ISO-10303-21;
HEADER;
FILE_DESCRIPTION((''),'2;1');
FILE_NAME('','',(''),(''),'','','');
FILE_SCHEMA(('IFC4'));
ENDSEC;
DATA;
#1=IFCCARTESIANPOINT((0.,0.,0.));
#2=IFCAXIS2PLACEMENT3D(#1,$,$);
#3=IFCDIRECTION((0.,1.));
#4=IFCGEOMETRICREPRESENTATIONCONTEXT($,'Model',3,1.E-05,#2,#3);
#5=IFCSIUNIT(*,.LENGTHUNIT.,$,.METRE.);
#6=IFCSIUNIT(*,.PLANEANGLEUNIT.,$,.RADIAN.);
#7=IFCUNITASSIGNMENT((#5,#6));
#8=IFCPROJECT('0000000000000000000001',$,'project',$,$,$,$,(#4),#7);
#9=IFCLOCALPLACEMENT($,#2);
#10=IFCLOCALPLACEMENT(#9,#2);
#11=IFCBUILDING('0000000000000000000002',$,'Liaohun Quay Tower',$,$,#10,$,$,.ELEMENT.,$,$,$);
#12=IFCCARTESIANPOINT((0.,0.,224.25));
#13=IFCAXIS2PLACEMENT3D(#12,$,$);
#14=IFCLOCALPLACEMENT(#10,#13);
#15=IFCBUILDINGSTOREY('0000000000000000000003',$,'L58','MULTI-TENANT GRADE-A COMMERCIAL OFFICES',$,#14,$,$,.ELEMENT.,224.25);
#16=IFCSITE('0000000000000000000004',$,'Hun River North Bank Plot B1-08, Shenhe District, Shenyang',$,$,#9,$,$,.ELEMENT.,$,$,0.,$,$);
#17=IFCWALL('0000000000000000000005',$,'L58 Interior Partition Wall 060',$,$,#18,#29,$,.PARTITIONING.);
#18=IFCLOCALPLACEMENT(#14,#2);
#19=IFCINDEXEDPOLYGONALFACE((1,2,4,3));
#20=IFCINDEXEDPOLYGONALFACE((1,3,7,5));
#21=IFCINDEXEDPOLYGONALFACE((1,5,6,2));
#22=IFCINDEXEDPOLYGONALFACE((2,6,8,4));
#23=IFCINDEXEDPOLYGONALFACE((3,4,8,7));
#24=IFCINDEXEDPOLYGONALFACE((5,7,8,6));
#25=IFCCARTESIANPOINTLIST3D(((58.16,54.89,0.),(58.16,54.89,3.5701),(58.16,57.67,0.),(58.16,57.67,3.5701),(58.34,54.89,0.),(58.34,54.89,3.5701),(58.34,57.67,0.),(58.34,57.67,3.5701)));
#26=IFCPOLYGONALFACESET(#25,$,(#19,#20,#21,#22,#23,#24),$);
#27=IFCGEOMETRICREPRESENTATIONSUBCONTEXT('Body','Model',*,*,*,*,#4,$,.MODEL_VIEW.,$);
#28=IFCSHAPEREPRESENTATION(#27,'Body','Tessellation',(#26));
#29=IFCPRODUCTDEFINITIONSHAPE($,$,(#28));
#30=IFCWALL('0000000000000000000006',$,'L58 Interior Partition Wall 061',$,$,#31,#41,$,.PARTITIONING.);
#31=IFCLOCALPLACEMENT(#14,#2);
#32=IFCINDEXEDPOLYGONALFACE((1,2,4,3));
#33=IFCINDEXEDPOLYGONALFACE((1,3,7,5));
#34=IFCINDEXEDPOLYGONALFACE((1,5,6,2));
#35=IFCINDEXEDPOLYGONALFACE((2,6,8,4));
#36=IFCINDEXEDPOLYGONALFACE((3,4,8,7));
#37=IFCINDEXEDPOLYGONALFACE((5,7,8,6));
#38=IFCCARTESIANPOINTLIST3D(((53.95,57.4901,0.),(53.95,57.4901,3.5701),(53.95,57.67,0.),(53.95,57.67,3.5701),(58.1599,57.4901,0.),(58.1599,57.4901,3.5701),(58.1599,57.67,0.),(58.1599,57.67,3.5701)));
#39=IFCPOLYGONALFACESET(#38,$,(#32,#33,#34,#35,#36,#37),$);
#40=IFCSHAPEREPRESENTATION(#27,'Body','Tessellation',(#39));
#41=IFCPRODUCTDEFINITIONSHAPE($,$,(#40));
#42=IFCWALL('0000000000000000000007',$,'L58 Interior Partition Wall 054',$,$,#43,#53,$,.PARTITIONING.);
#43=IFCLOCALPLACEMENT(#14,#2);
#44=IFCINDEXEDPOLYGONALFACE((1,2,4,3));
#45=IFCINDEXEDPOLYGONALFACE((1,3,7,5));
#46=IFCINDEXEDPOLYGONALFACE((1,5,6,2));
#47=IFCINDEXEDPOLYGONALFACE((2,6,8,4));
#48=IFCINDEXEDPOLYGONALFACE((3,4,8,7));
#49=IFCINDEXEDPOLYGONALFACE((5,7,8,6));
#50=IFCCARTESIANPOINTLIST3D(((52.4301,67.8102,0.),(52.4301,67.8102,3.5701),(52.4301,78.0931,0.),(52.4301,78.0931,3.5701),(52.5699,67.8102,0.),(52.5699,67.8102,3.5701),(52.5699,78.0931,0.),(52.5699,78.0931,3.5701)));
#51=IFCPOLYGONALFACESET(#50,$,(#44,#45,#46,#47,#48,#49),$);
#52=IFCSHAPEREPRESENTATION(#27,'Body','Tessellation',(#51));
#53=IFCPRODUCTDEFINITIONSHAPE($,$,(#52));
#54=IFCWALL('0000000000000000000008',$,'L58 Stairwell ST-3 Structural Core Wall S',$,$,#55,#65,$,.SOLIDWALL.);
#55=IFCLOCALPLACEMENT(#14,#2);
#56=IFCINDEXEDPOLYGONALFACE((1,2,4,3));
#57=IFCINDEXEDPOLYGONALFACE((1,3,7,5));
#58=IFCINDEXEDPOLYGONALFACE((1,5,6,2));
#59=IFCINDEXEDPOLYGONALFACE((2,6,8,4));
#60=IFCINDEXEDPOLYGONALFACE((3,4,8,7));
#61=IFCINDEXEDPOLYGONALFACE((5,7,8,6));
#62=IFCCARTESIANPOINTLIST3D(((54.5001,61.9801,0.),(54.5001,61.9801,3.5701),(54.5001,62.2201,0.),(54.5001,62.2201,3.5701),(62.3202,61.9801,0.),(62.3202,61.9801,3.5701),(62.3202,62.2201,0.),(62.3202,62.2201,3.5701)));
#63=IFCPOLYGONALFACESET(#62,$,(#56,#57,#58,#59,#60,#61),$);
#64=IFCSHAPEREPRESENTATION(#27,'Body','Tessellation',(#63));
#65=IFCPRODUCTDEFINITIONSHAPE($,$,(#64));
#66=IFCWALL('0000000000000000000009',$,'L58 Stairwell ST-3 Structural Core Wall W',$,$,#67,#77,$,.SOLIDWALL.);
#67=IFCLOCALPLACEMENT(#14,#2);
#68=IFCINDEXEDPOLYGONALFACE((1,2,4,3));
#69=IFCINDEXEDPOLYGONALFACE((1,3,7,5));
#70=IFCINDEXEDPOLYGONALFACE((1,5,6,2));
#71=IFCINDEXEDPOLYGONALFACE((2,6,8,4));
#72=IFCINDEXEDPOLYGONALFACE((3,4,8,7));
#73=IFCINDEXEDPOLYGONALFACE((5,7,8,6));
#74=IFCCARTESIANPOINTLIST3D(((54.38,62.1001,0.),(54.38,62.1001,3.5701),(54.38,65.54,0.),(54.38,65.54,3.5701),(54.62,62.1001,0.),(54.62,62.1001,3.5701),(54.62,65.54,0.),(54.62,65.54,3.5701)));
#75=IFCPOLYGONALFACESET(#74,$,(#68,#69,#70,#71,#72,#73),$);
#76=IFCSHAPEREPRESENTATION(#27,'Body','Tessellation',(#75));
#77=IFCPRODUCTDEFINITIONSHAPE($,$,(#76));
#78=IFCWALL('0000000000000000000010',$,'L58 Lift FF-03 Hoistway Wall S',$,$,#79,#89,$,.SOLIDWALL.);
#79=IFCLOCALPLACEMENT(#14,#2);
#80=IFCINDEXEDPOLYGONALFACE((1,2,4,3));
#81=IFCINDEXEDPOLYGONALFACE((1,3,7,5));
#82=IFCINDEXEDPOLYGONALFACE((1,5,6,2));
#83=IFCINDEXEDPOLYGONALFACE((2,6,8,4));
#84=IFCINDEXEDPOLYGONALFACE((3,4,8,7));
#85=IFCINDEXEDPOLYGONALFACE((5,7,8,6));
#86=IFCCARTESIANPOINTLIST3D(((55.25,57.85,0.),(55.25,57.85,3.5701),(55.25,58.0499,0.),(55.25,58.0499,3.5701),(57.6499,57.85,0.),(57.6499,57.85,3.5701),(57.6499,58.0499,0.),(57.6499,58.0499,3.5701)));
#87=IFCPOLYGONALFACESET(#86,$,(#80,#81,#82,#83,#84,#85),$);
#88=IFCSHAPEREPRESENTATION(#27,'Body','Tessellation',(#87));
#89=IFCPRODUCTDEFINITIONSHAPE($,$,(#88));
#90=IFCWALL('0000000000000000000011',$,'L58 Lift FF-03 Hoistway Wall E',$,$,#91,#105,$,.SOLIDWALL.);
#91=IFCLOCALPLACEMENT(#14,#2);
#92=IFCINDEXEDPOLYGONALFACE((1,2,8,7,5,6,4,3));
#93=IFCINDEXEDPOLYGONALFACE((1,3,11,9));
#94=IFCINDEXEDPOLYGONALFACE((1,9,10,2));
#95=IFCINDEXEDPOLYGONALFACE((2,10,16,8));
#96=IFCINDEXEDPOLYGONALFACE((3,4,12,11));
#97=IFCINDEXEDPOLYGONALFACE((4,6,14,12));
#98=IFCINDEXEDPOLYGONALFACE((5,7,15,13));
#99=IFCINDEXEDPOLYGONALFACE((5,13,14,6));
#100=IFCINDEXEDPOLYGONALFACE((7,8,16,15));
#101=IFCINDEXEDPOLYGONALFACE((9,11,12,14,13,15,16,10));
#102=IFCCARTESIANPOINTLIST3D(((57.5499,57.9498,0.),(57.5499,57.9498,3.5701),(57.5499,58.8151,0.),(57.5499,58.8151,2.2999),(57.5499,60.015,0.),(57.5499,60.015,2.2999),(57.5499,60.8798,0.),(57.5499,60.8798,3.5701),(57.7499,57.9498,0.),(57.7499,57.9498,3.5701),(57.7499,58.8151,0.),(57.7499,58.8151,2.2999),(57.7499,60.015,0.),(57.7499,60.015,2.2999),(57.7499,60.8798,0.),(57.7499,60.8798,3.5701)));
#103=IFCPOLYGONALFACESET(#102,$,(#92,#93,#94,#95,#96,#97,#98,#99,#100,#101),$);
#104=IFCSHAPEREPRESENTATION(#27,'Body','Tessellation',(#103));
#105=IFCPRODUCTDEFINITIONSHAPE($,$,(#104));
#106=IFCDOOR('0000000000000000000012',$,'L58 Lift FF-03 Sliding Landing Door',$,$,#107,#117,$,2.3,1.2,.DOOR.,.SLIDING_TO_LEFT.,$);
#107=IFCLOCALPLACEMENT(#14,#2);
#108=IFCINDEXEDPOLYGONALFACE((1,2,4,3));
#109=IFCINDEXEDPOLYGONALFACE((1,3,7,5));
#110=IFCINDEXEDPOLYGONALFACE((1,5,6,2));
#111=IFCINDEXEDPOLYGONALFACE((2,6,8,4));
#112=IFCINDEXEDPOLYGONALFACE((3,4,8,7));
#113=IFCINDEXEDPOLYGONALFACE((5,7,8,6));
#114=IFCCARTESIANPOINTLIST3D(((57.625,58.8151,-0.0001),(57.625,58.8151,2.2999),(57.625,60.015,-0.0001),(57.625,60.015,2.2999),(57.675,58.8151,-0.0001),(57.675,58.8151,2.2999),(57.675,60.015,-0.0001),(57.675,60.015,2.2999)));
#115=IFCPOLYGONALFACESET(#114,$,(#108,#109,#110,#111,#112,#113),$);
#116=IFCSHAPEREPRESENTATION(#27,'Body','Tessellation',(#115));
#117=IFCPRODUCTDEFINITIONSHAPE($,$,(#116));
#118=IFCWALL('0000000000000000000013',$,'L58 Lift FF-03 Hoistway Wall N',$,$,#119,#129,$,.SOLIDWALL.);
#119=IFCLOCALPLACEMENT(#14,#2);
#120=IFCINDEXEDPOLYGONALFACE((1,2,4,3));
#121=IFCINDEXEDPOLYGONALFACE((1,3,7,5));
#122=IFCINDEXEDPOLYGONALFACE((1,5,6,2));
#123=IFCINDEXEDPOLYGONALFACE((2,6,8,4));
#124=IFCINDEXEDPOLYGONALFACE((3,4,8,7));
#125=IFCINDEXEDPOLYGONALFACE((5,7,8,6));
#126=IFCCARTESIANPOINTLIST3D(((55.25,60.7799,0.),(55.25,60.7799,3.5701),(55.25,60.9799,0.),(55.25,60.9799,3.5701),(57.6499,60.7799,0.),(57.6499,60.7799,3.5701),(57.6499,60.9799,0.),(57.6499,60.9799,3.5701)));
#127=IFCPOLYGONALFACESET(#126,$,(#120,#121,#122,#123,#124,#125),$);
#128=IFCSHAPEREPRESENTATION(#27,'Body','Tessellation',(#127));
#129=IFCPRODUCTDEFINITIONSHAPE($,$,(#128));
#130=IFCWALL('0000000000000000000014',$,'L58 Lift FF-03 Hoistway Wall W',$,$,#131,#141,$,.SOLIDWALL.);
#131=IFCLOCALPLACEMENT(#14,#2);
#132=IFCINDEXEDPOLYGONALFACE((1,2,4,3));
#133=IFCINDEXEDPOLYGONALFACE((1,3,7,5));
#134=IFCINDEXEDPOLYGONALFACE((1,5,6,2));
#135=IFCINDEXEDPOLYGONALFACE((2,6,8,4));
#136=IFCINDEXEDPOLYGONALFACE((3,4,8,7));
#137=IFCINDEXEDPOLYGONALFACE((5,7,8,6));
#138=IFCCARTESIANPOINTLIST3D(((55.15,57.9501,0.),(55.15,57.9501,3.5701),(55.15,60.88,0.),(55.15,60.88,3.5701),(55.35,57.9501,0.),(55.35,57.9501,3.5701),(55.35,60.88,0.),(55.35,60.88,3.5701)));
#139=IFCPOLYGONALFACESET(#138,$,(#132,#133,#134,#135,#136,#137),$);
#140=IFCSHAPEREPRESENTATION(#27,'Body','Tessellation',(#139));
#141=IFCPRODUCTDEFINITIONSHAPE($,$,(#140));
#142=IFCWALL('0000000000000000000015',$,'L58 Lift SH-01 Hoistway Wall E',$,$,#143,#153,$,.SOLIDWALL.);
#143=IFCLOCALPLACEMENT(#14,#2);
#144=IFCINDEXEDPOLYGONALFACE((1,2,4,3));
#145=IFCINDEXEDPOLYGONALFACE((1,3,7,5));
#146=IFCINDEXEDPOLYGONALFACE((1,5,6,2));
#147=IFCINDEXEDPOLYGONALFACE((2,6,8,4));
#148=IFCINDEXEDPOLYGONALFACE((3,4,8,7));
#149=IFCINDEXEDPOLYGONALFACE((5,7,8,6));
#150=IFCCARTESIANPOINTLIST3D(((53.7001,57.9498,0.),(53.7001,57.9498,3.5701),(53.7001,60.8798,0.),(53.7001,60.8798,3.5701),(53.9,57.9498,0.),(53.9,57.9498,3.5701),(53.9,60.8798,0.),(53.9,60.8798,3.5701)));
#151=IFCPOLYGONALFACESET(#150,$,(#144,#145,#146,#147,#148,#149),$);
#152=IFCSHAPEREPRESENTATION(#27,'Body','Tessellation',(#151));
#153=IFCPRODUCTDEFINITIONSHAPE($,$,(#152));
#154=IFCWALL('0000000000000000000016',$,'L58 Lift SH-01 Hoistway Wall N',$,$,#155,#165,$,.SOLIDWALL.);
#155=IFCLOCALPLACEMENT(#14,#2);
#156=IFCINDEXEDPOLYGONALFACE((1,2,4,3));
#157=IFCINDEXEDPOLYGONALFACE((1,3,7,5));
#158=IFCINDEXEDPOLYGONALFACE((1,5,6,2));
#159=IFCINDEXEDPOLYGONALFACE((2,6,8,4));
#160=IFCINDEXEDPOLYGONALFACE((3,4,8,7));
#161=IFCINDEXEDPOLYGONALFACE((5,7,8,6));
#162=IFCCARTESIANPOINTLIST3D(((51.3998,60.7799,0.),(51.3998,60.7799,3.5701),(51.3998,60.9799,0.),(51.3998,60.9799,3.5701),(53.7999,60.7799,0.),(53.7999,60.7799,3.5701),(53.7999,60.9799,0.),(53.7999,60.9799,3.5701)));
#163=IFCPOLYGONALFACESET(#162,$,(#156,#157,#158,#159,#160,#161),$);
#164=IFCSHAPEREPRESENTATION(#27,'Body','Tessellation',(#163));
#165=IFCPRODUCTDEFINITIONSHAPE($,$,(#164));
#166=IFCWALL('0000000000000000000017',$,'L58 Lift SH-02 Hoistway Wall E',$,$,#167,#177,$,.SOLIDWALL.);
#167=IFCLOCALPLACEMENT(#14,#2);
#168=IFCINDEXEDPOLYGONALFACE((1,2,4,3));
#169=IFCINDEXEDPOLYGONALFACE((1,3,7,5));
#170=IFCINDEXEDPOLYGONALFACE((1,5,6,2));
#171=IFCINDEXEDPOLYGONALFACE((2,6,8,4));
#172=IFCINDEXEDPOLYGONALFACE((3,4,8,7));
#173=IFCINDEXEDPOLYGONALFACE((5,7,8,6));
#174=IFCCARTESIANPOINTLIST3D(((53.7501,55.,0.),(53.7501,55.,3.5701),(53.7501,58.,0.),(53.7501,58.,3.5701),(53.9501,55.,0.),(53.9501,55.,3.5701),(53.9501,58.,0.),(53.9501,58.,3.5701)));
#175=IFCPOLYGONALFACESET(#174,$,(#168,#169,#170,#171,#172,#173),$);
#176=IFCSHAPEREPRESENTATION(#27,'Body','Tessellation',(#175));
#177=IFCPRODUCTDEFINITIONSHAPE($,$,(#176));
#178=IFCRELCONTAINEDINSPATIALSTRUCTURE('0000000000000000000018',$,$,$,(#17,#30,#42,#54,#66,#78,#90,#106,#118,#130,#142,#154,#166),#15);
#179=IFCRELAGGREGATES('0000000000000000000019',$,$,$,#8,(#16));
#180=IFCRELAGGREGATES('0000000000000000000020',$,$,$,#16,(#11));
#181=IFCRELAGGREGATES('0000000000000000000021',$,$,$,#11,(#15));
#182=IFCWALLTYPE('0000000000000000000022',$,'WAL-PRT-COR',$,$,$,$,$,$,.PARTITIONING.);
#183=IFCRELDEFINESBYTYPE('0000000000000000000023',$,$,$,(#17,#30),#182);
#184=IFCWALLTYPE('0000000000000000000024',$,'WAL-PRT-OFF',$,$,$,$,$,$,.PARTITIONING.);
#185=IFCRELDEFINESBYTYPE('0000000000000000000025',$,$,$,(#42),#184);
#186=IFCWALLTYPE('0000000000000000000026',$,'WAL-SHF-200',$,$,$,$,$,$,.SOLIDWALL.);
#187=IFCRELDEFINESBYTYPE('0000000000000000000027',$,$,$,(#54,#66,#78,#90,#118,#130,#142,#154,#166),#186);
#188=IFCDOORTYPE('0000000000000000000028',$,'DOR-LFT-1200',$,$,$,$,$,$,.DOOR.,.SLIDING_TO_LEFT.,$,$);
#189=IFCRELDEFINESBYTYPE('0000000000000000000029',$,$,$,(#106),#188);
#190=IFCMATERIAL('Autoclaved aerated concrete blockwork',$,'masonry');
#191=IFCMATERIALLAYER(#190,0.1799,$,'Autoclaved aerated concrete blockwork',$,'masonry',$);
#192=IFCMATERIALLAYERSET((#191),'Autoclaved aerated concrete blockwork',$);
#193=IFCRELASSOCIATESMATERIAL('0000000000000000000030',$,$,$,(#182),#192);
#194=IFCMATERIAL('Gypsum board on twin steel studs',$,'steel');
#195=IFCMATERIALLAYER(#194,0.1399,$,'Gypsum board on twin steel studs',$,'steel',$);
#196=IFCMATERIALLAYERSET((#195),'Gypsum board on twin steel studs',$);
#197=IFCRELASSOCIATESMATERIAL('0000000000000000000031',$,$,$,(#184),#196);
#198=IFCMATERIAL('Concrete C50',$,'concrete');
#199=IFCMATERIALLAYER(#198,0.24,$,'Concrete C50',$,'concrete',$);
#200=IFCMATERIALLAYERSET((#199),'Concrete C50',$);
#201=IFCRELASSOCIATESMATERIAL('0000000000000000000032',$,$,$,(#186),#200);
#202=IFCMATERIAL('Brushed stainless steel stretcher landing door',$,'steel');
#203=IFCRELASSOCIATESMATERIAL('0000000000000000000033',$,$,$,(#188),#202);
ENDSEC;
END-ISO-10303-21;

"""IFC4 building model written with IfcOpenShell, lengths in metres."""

from ifc_helpers import new_model, si_unit, direction, frame, frame_2d, origin, place, context, subcontext, project, spatial, rectangle, extrude, source, transform, mapped, material, layer, layer_set, type_object, element, fill, save


model = new_model("IFC4")

# Units and contexts
model_context = context("Model", 3, precision=1e-05, world=origin(), true_north=direction((0.0, 1.0)))
body_context = subcontext(model_context, "Body", "Model", "MODEL_VIEW")
ifc_project = project(units=[si_unit("LENGTHUNIT", "METRE"), si_unit("PLANEANGLEUNIT", "RADIAN")], contexts=[model_context])

# Site, building, storey
site_placement = place(None, origin())
site = spatial("IfcSite", under=ifc_project, at=site_placement, Name="Hun River North Bank Plot B1-08, Shenhe District, Shenyang", CompositionType="ELEMENT", RefElevation=0.0)
building_placement = place(site_placement, origin())
building = spatial("IfcBuilding", under=site, at=building_placement, Name="Liaohun Quay Tower", CompositionType="ELEMENT")
storey_placement = place(building_placement, frame((0.0, 0.0, 224.25)))
storey = spatial("IfcBuildingStorey", under=building, at=storey_placement, Name="L58", Description="MULTI-TENANT GRADE-A COMMERCIAL OFFICES", CompositionType="ELEMENT", Elevation=224.25)

# Shared definitions
ifc_material_1 = material(Name="Autoclaved aerated concrete blockwork", Category="masonry")
ifc_layer_1 = layer(ifc_material_1, 0.1799, Name="Autoclaved aerated concrete blockwork", Category="masonry")
ifc_layer_set_1 = layer_set([ifc_layer_1], Name="Autoclaved aerated concrete blockwork")
wall_type_1 = type_object("IfcWallType", Name="WAL-PRT-COR", PredefinedType="PARTITIONING", material=ifc_layer_set_1)

# Walls
wall_1_placement = place(storey_placement, frame((58.25, 54.8899, 0.0), z_axis=(0.0, 0.0, 1.0), x_axis=(0.0, 1.0, 0.0)))
element("IfcWall", 1, at=wall_1_placement, inside=storey, type_object=wall_type_1, Name="L58 Interior Partition Wall 060", PredefinedType="PARTITIONING", context=body_context, shape_type="SweptSolid", body=[
    extrude(rectangle(XDim=2.78, YDim=0.1799, at=frame_2d((1.3901, 0.0))), origin(), (0.0, 0.0, 1.0), 3.5701),
])
wall_2_placement = place(storey_placement, frame((53.95, 57.5801, 0.0), z_axis=(0.0, 0.0, 1.0), x_axis=(1.0, 0.0, 0.0)))
element("IfcWall", 2, at=wall_2_placement, inside=storey, type_object=wall_type_1, Name="L58 Interior Partition Wall 061", PredefinedType="PARTITIONING", context=body_context, shape_type="SweptSolid", body=[
    extrude(rectangle(XDim=4.21, YDim=0.1799, at=frame_2d((2.105, 0.0))), origin(), (0.0, 0.0, 1.0), 3.5701),
])
ifc_material_2 = material(Name="Gypsum board on twin steel studs", Category="steel")
ifc_layer_2 = layer(ifc_material_2, 0.1399, Name="Gypsum board on twin steel studs", Category="steel")
ifc_layer_set_2 = layer_set([ifc_layer_2], Name="Gypsum board on twin steel studs")
wall_type_2 = type_object("IfcWallType", Name="WAL-PRT-OFF", PredefinedType="PARTITIONING", material=ifc_layer_set_2)
wall_3_placement = place(storey_placement, frame((52.5, 67.8101, 0.0), z_axis=(0.0, 0.0, 1.0), x_axis=(0.0, 1.0, 0.0)))
element("IfcWall", 3, at=wall_3_placement, inside=storey, type_object=wall_type_2, Name="L58 Interior Partition Wall 054", PredefinedType="PARTITIONING", context=body_context, shape_type="SweptSolid", body=[
    extrude(rectangle(XDim=10.283, YDim=0.1399, at=frame_2d((5.1416, 0.0))), origin(), (0.0, 0.0, 1.0), 3.5701),
])
ifc_material_3 = material(Name="Concrete C50", Category="concrete")
ifc_layer_3 = layer(ifc_material_3, 0.24, Name="Concrete C50", Category="concrete")
ifc_layer_set_3 = layer_set([ifc_layer_3], Name="Concrete C50")
wall_type_3 = type_object("IfcWallType", Name="WAL-SHF-200", PredefinedType="SOLIDWALL", material=ifc_layer_set_3)
wall_4_placement = place(storey_placement, frame((54.5, 62.1001, 0.0), z_axis=(0.0, 0.0, 1.0), x_axis=(1.0, 0.0, 0.0)))
element("IfcWall", 4, at=wall_4_placement, inside=storey, type_object=wall_type_3, Name="L58 Stairwell ST-3 Structural Core Wall S", PredefinedType="SOLIDWALL", context=body_context, shape_type="SweptSolid", body=[
    extrude(rectangle(XDim=7.8201, YDim=0.24, at=frame_2d((3.9102, 0.0))), origin(), (0.0, 0.0, 1.0), 3.5701),
])
wall_5_placement = place(storey_placement, frame((54.5, 65.54, 0.0), z_axis=(0.0, 0.0, 1.0), x_axis=(0.0, -1.0, 0.0)))
element("IfcWall", 5, at=wall_5_placement, inside=storey, type_object=wall_type_3, Name="L58 Stairwell ST-3 Structural Core Wall W", PredefinedType="SOLIDWALL", context=body_context, shape_type="SweptSolid", body=[
    extrude(rectangle(XDim=3.4399, YDim=0.24, at=frame_2d((1.72, 0.0))), origin(), (0.0, 0.0, 1.0), 3.5701),
])
wall_6_placement = place(storey_placement, frame((55.25, 57.95, 0.0), z_axis=(0.0, 0.0, 1.0), x_axis=(1.0, 0.0, 0.0)))
element("IfcWall", 6, at=wall_6_placement, inside=storey, type_object=wall_type_3, Name="L58 Lift FF-03 Hoistway Wall S", PredefinedType="SOLIDWALL", context=body_context, shape_type="SweptSolid", body=[
    extrude(rectangle(XDim=2.3999, YDim=0.2, at=frame_2d((1.2, 0.0))), origin(), (0.0, 0.0, 1.0), 3.5701),
])

# Wall, opening, door
wall_7_placement = place(storey_placement, frame((57.6499, 57.95, 0.0), z_axis=(0.0, 0.0, 1.0), x_axis=(0.0, 1.0, 0.0)))
wall_7 = element("IfcWall", 7, at=wall_7_placement, inside=storey, type_object=wall_type_3, Name="L58 Lift FF-03 Hoistway Wall E", PredefinedType="SOLIDWALL", context=body_context, shape_type="SweptSolid", body=[
    extrude(rectangle(XDim=2.9299, YDim=0.2, at=frame_2d((1.4648, 0.0))), origin(), (0.0, 0.0, 1.0), 3.5701),
])
shared_shape_1 = source(origin(), body_context, "Body", "SweptSolid", [
    extrude(rectangle(XDim=1.2, YDim=2.3, at=frame_2d((0.6001, 1.1499))), frame((0.0, 0.1099, 0.0), z_axis=(0.0, -1.0, 0.0), x_axis=(1.0, 0.0, 0.0)), (0.0, 0.0, 1.0), 0.22),
])
opening_1_placement = place(wall_7_placement, frame((0.865, 0.0, 0.0)))
opening_1 = element("IfcOpeningElement", 8, at=opening_1_placement, cuts=wall_7, PredefinedType="OPENING", context=body_context, shape_type="MappedRepresentation", body=[
    mapped(shared_shape_1, transform((0.0, 0.0, 0.0), x_axis=(1.0, 0.0, 0.0), y_axis=(0.0, 1.0, 0.0), z_axis=(0.0, 0.0, 1.0), scale=1.0)),
])
ifc_material_4 = material(Name="Brushed stainless steel stretcher landing door", Category="steel")
door_type_1 = type_object("IfcDoorType", Name="DOR-LFT-1200", OperationType="SLIDING_TO_LEFT", PredefinedType="DOOR", material=ifc_material_4)
shared_shape_2 = source(origin(), body_context, "Body", "SweptSolid", [
    extrude(rectangle(XDim=1.2, YDim=2.3, at=frame_2d((0.6001, 1.1499))), frame((0.0, 0.0249, 0.0), z_axis=(0.0, -1.0, 0.0), x_axis=(1.0, 0.0, 0.0)), (0.0, 0.0, 1.0), 0.05),
])
door_1_placement = place(opening_1_placement, origin())
door_1 = element("IfcDoor", 9, at=door_1_placement, inside=storey, type_object=door_type_1, Name="L58 Lift FF-03 Sliding Landing Door", OperationType="SLIDING_TO_LEFT", OverallHeight=2.3, OverallWidth=1.2, PredefinedType="DOOR", context=body_context, shape_type="MappedRepresentation", body=[
    mapped(shared_shape_2, transform((0.0, 0.0, 0.0), x_axis=(1.0, 0.0, 0.0), y_axis=(0.0, 1.0, 0.0), z_axis=(0.0, 0.0, 1.0), scale=1.0)),
])
fill(opening_1, door_1)

# Walls
wall_8_placement = place(storey_placement, frame((57.6499, 60.8799, 0.0), z_axis=(0.0, 0.0, 1.0), x_axis=(-1.0, 0.0, 0.0)))
element("IfcWall", 10, at=wall_8_placement, inside=storey, type_object=wall_type_3, Name="L58 Lift FF-03 Hoistway Wall N", PredefinedType="SOLIDWALL", context=body_context, shape_type="SweptSolid", body=[
    extrude(rectangle(XDim=2.3999, YDim=0.2, at=frame_2d((1.2, 0.0))), origin(), (0.0, 0.0, 1.0), 3.5701),
])
for number, where, z_axis, x_axis, name in (
    (11, (55.25, 60.8799, 0.0), (0.0, 0.0, 1.0), (0.0, -1.0, 0.0), "L58 Lift FF-03 Hoistway Wall W"),
    (12, (53.8, 57.95, 0.0), (0.0, 0.0, 1.0), (0.0, 1.0, 0.0), "L58 Lift SH-01 Hoistway Wall E"),
):
    element("IfcWall", number, at=place(storey_placement, frame(where, z_axis=z_axis, x_axis=x_axis)), inside=storey, type_object=wall_type_3, Name=name, PredefinedType="SOLIDWALL", context=body_context, shape_type="SweptSolid", body=[
        extrude(rectangle(XDim=2.9299, YDim=0.2, at=frame_2d((1.4648, 0.0))), origin(), (0.0, 0.0, 1.0), 3.5701),
    ])
wall_9_placement = place(storey_placement, frame((53.8, 60.8799, 0.0), z_axis=(0.0, 0.0, 1.0), x_axis=(-1.0, 0.0, 0.0)))
element("IfcWall", 13, at=wall_9_placement, inside=storey, type_object=wall_type_3, Name="L58 Lift SH-01 Hoistway Wall N", PredefinedType="SOLIDWALL", context=body_context, shape_type="SweptSolid", body=[
    extrude(rectangle(XDim=2.4001, YDim=0.2, at=frame_2d((1.2002, 0.0))), origin(), (0.0, 0.0, 1.0), 3.5701),
])
wall_10_placement = place(storey_placement, frame((53.8501, 55.0, 0.0), z_axis=(0.0, 0.0, 1.0), x_axis=(0.0, 1.0, 0.0)))
element("IfcWall", 14, at=wall_10_placement, inside=storey, type_object=wall_type_3, Name="L58 Lift SH-02 Hoistway Wall E", PredefinedType="SOLIDWALL", context=body_context, shape_type="SweptSolid", body=[
    extrude(rectangle(XDim=3.0, YDim=0.2, at=frame_2d((1.5, 0.0))), origin(), (0.0, 0.0, 1.0), 3.5701),
])

save(model, "model.ifc")
